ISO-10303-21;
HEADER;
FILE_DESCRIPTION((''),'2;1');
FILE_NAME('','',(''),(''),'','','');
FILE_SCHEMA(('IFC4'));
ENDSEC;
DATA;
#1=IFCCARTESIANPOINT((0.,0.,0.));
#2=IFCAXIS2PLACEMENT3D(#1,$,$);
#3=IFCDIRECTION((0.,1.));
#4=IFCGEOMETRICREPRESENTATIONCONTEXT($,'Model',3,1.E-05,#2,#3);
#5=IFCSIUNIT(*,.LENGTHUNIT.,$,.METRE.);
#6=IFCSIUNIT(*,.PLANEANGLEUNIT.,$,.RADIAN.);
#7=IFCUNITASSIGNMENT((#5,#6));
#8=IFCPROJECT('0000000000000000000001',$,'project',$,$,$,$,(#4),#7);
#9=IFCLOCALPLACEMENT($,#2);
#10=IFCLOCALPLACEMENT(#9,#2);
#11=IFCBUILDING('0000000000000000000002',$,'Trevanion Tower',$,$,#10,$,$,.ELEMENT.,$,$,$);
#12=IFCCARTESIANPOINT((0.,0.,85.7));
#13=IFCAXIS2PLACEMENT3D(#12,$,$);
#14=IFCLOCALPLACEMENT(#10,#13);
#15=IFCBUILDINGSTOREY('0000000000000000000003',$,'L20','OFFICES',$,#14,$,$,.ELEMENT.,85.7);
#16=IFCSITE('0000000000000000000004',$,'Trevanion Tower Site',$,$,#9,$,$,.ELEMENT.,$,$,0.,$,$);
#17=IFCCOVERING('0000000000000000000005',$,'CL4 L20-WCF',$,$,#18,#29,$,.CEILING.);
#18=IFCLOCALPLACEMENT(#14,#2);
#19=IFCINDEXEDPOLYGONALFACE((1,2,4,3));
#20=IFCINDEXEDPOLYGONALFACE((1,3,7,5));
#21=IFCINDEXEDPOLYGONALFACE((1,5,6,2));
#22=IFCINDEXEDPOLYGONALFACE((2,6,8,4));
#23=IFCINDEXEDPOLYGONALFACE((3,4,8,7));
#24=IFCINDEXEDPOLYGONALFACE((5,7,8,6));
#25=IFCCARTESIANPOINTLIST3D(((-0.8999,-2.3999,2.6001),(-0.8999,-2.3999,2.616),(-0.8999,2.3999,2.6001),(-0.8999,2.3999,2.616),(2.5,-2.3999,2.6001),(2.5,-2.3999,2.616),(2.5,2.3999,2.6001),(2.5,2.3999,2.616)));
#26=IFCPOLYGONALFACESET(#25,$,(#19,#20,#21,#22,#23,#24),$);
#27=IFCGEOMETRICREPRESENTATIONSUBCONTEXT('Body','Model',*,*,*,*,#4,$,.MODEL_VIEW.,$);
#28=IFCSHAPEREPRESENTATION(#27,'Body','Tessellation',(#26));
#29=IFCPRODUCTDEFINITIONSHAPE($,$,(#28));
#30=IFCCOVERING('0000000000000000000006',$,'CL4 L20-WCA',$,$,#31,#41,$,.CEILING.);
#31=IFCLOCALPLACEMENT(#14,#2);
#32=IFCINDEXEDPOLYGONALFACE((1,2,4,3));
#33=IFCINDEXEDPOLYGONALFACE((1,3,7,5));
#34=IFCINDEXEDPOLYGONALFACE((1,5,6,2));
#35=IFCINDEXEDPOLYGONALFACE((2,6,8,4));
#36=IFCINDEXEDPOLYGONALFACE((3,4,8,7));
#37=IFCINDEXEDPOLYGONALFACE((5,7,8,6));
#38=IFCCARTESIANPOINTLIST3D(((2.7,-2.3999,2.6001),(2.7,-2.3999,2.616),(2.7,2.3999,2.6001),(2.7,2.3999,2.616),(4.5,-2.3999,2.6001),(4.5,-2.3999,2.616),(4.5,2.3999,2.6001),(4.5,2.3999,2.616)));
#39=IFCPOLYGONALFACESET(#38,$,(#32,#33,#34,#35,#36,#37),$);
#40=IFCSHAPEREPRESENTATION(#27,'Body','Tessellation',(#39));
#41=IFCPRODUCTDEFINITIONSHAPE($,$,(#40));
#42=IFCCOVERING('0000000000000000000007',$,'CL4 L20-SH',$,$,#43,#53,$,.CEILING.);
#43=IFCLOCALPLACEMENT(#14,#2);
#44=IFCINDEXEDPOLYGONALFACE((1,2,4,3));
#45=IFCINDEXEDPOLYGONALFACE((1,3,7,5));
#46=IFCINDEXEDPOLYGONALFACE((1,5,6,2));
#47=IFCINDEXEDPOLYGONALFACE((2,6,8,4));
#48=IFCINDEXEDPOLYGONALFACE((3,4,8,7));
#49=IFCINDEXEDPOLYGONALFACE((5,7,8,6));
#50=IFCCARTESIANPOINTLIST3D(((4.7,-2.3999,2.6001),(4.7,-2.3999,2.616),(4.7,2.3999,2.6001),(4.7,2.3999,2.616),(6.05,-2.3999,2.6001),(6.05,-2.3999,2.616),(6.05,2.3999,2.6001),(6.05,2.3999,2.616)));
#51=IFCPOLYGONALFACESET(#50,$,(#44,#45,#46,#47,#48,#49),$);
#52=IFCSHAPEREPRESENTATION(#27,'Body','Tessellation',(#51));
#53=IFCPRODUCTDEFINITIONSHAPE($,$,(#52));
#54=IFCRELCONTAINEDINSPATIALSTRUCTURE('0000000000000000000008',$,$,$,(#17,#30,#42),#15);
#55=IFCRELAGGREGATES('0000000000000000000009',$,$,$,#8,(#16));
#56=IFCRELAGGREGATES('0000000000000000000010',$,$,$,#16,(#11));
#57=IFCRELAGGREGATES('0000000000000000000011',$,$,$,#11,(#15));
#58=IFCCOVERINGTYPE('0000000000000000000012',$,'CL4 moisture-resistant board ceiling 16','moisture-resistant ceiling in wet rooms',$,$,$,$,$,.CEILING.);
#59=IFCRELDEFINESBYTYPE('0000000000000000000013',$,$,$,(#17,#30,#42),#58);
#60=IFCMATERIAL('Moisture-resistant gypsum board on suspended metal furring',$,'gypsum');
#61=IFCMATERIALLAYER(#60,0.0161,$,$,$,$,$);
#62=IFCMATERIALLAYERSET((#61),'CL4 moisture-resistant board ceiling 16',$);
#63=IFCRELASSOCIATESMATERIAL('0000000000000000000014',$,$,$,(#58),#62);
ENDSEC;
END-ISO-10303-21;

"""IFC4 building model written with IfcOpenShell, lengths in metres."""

from ifc_helpers import new_model, si_unit, direction, frame, origin, place, context, subcontext, project, spatial, polyline, outline, extrude, material, layer, layer_set, type_object, element, save


model = new_model("IFC4")

# Units and contexts
model_context = context("Model", 3, precision=1e-05, world=origin(), true_north=direction((0.0, 1.0)))
body_context = subcontext(model_context, "Body", "Model", "MODEL_VIEW")
ifc_project = project(units=[si_unit("LENGTHUNIT", "METRE"), si_unit("PLANEANGLEUNIT", "RADIAN")], contexts=[model_context])

# Site, building, storey
site_placement = place(None, origin())
site = spatial("IfcSite", under=ifc_project, at=site_placement, Name="Trevanion Tower Site", CompositionType="ELEMENT", RefElevation=0.0)
building_placement = place(site_placement, origin())
building = spatial("IfcBuilding", under=site, at=building_placement, Name="Trevanion Tower", CompositionType="ELEMENT")
storey_placement = place(building_placement, frame((0.0, 0.0, 85.7)))
storey = spatial("IfcBuildingStorey", under=building, at=storey_placement, Name="L20", Description="OFFICES", CompositionType="ELEMENT", Elevation=85.7)

# Coverings
ifc_material_1 = material(Name="Moisture-resistant gypsum board on suspended metal furring", Category="gypsum")
ifc_layer_1 = layer(ifc_material_1, 0.0161)
ifc_layer_set_1 = layer_set([ifc_layer_1], Name="CL4 moisture-resistant board ceiling 16")
covering_type_1 = type_object("IfcCoveringType", Name="CL4 moisture-resistant board ceiling 16", Description="moisture-resistant ceiling in wet rooms", PredefinedType="CEILING", material=ifc_layer_set_1)
covering_1_placement = place(storey_placement, frame((0.0, 0.0, 2.6001)))
element("IfcCovering", 1, at=covering_1_placement, inside=storey, type_object=covering_type_1, Name="CL4 L20-WCF", PredefinedType="CEILING", context=body_context, shape_type="SweptSolid", body=[
    extrude(outline(polyline([(2.5, -2.3999), (2.5, 2.3999), (-0.8999, 2.3999), (-0.8999, -2.3999), (2.5, -2.3999)])), origin(), (0.0, 0.0, 1.0), 0.0159),
])
covering_2_placement = place(storey_placement, frame((0.0, 0.0, 2.6001)))
element("IfcCovering", 2, at=covering_2_placement, inside=storey, type_object=covering_type_1, Name="CL4 L20-WCA", PredefinedType="CEILING", context=body_context, shape_type="SweptSolid", body=[
    extrude(outline(polyline([(4.5, -2.3999), (4.5, 2.3999), (2.7, 2.3999), (2.7, -2.3999), (4.5, -2.3999)])), origin(), (0.0, 0.0, 1.0), 0.0159),
])
covering_3_placement = place(storey_placement, frame((0.0, 0.0, 2.6001)))
element("IfcCovering", 3, at=covering_3_placement, inside=storey, type_object=covering_type_1, Name="CL4 L20-SH", PredefinedType="CEILING", context=body_context, shape_type="SweptSolid", body=[
    extrude(outline(polyline([(6.05, -2.3999), (6.05, 2.3999), (4.7, 2.3999), (4.7, -2.3999), (6.05, -2.3999)])), origin(), (0.0, 0.0, 1.0), 0.0159),
])

save(model, "model.ifc")
